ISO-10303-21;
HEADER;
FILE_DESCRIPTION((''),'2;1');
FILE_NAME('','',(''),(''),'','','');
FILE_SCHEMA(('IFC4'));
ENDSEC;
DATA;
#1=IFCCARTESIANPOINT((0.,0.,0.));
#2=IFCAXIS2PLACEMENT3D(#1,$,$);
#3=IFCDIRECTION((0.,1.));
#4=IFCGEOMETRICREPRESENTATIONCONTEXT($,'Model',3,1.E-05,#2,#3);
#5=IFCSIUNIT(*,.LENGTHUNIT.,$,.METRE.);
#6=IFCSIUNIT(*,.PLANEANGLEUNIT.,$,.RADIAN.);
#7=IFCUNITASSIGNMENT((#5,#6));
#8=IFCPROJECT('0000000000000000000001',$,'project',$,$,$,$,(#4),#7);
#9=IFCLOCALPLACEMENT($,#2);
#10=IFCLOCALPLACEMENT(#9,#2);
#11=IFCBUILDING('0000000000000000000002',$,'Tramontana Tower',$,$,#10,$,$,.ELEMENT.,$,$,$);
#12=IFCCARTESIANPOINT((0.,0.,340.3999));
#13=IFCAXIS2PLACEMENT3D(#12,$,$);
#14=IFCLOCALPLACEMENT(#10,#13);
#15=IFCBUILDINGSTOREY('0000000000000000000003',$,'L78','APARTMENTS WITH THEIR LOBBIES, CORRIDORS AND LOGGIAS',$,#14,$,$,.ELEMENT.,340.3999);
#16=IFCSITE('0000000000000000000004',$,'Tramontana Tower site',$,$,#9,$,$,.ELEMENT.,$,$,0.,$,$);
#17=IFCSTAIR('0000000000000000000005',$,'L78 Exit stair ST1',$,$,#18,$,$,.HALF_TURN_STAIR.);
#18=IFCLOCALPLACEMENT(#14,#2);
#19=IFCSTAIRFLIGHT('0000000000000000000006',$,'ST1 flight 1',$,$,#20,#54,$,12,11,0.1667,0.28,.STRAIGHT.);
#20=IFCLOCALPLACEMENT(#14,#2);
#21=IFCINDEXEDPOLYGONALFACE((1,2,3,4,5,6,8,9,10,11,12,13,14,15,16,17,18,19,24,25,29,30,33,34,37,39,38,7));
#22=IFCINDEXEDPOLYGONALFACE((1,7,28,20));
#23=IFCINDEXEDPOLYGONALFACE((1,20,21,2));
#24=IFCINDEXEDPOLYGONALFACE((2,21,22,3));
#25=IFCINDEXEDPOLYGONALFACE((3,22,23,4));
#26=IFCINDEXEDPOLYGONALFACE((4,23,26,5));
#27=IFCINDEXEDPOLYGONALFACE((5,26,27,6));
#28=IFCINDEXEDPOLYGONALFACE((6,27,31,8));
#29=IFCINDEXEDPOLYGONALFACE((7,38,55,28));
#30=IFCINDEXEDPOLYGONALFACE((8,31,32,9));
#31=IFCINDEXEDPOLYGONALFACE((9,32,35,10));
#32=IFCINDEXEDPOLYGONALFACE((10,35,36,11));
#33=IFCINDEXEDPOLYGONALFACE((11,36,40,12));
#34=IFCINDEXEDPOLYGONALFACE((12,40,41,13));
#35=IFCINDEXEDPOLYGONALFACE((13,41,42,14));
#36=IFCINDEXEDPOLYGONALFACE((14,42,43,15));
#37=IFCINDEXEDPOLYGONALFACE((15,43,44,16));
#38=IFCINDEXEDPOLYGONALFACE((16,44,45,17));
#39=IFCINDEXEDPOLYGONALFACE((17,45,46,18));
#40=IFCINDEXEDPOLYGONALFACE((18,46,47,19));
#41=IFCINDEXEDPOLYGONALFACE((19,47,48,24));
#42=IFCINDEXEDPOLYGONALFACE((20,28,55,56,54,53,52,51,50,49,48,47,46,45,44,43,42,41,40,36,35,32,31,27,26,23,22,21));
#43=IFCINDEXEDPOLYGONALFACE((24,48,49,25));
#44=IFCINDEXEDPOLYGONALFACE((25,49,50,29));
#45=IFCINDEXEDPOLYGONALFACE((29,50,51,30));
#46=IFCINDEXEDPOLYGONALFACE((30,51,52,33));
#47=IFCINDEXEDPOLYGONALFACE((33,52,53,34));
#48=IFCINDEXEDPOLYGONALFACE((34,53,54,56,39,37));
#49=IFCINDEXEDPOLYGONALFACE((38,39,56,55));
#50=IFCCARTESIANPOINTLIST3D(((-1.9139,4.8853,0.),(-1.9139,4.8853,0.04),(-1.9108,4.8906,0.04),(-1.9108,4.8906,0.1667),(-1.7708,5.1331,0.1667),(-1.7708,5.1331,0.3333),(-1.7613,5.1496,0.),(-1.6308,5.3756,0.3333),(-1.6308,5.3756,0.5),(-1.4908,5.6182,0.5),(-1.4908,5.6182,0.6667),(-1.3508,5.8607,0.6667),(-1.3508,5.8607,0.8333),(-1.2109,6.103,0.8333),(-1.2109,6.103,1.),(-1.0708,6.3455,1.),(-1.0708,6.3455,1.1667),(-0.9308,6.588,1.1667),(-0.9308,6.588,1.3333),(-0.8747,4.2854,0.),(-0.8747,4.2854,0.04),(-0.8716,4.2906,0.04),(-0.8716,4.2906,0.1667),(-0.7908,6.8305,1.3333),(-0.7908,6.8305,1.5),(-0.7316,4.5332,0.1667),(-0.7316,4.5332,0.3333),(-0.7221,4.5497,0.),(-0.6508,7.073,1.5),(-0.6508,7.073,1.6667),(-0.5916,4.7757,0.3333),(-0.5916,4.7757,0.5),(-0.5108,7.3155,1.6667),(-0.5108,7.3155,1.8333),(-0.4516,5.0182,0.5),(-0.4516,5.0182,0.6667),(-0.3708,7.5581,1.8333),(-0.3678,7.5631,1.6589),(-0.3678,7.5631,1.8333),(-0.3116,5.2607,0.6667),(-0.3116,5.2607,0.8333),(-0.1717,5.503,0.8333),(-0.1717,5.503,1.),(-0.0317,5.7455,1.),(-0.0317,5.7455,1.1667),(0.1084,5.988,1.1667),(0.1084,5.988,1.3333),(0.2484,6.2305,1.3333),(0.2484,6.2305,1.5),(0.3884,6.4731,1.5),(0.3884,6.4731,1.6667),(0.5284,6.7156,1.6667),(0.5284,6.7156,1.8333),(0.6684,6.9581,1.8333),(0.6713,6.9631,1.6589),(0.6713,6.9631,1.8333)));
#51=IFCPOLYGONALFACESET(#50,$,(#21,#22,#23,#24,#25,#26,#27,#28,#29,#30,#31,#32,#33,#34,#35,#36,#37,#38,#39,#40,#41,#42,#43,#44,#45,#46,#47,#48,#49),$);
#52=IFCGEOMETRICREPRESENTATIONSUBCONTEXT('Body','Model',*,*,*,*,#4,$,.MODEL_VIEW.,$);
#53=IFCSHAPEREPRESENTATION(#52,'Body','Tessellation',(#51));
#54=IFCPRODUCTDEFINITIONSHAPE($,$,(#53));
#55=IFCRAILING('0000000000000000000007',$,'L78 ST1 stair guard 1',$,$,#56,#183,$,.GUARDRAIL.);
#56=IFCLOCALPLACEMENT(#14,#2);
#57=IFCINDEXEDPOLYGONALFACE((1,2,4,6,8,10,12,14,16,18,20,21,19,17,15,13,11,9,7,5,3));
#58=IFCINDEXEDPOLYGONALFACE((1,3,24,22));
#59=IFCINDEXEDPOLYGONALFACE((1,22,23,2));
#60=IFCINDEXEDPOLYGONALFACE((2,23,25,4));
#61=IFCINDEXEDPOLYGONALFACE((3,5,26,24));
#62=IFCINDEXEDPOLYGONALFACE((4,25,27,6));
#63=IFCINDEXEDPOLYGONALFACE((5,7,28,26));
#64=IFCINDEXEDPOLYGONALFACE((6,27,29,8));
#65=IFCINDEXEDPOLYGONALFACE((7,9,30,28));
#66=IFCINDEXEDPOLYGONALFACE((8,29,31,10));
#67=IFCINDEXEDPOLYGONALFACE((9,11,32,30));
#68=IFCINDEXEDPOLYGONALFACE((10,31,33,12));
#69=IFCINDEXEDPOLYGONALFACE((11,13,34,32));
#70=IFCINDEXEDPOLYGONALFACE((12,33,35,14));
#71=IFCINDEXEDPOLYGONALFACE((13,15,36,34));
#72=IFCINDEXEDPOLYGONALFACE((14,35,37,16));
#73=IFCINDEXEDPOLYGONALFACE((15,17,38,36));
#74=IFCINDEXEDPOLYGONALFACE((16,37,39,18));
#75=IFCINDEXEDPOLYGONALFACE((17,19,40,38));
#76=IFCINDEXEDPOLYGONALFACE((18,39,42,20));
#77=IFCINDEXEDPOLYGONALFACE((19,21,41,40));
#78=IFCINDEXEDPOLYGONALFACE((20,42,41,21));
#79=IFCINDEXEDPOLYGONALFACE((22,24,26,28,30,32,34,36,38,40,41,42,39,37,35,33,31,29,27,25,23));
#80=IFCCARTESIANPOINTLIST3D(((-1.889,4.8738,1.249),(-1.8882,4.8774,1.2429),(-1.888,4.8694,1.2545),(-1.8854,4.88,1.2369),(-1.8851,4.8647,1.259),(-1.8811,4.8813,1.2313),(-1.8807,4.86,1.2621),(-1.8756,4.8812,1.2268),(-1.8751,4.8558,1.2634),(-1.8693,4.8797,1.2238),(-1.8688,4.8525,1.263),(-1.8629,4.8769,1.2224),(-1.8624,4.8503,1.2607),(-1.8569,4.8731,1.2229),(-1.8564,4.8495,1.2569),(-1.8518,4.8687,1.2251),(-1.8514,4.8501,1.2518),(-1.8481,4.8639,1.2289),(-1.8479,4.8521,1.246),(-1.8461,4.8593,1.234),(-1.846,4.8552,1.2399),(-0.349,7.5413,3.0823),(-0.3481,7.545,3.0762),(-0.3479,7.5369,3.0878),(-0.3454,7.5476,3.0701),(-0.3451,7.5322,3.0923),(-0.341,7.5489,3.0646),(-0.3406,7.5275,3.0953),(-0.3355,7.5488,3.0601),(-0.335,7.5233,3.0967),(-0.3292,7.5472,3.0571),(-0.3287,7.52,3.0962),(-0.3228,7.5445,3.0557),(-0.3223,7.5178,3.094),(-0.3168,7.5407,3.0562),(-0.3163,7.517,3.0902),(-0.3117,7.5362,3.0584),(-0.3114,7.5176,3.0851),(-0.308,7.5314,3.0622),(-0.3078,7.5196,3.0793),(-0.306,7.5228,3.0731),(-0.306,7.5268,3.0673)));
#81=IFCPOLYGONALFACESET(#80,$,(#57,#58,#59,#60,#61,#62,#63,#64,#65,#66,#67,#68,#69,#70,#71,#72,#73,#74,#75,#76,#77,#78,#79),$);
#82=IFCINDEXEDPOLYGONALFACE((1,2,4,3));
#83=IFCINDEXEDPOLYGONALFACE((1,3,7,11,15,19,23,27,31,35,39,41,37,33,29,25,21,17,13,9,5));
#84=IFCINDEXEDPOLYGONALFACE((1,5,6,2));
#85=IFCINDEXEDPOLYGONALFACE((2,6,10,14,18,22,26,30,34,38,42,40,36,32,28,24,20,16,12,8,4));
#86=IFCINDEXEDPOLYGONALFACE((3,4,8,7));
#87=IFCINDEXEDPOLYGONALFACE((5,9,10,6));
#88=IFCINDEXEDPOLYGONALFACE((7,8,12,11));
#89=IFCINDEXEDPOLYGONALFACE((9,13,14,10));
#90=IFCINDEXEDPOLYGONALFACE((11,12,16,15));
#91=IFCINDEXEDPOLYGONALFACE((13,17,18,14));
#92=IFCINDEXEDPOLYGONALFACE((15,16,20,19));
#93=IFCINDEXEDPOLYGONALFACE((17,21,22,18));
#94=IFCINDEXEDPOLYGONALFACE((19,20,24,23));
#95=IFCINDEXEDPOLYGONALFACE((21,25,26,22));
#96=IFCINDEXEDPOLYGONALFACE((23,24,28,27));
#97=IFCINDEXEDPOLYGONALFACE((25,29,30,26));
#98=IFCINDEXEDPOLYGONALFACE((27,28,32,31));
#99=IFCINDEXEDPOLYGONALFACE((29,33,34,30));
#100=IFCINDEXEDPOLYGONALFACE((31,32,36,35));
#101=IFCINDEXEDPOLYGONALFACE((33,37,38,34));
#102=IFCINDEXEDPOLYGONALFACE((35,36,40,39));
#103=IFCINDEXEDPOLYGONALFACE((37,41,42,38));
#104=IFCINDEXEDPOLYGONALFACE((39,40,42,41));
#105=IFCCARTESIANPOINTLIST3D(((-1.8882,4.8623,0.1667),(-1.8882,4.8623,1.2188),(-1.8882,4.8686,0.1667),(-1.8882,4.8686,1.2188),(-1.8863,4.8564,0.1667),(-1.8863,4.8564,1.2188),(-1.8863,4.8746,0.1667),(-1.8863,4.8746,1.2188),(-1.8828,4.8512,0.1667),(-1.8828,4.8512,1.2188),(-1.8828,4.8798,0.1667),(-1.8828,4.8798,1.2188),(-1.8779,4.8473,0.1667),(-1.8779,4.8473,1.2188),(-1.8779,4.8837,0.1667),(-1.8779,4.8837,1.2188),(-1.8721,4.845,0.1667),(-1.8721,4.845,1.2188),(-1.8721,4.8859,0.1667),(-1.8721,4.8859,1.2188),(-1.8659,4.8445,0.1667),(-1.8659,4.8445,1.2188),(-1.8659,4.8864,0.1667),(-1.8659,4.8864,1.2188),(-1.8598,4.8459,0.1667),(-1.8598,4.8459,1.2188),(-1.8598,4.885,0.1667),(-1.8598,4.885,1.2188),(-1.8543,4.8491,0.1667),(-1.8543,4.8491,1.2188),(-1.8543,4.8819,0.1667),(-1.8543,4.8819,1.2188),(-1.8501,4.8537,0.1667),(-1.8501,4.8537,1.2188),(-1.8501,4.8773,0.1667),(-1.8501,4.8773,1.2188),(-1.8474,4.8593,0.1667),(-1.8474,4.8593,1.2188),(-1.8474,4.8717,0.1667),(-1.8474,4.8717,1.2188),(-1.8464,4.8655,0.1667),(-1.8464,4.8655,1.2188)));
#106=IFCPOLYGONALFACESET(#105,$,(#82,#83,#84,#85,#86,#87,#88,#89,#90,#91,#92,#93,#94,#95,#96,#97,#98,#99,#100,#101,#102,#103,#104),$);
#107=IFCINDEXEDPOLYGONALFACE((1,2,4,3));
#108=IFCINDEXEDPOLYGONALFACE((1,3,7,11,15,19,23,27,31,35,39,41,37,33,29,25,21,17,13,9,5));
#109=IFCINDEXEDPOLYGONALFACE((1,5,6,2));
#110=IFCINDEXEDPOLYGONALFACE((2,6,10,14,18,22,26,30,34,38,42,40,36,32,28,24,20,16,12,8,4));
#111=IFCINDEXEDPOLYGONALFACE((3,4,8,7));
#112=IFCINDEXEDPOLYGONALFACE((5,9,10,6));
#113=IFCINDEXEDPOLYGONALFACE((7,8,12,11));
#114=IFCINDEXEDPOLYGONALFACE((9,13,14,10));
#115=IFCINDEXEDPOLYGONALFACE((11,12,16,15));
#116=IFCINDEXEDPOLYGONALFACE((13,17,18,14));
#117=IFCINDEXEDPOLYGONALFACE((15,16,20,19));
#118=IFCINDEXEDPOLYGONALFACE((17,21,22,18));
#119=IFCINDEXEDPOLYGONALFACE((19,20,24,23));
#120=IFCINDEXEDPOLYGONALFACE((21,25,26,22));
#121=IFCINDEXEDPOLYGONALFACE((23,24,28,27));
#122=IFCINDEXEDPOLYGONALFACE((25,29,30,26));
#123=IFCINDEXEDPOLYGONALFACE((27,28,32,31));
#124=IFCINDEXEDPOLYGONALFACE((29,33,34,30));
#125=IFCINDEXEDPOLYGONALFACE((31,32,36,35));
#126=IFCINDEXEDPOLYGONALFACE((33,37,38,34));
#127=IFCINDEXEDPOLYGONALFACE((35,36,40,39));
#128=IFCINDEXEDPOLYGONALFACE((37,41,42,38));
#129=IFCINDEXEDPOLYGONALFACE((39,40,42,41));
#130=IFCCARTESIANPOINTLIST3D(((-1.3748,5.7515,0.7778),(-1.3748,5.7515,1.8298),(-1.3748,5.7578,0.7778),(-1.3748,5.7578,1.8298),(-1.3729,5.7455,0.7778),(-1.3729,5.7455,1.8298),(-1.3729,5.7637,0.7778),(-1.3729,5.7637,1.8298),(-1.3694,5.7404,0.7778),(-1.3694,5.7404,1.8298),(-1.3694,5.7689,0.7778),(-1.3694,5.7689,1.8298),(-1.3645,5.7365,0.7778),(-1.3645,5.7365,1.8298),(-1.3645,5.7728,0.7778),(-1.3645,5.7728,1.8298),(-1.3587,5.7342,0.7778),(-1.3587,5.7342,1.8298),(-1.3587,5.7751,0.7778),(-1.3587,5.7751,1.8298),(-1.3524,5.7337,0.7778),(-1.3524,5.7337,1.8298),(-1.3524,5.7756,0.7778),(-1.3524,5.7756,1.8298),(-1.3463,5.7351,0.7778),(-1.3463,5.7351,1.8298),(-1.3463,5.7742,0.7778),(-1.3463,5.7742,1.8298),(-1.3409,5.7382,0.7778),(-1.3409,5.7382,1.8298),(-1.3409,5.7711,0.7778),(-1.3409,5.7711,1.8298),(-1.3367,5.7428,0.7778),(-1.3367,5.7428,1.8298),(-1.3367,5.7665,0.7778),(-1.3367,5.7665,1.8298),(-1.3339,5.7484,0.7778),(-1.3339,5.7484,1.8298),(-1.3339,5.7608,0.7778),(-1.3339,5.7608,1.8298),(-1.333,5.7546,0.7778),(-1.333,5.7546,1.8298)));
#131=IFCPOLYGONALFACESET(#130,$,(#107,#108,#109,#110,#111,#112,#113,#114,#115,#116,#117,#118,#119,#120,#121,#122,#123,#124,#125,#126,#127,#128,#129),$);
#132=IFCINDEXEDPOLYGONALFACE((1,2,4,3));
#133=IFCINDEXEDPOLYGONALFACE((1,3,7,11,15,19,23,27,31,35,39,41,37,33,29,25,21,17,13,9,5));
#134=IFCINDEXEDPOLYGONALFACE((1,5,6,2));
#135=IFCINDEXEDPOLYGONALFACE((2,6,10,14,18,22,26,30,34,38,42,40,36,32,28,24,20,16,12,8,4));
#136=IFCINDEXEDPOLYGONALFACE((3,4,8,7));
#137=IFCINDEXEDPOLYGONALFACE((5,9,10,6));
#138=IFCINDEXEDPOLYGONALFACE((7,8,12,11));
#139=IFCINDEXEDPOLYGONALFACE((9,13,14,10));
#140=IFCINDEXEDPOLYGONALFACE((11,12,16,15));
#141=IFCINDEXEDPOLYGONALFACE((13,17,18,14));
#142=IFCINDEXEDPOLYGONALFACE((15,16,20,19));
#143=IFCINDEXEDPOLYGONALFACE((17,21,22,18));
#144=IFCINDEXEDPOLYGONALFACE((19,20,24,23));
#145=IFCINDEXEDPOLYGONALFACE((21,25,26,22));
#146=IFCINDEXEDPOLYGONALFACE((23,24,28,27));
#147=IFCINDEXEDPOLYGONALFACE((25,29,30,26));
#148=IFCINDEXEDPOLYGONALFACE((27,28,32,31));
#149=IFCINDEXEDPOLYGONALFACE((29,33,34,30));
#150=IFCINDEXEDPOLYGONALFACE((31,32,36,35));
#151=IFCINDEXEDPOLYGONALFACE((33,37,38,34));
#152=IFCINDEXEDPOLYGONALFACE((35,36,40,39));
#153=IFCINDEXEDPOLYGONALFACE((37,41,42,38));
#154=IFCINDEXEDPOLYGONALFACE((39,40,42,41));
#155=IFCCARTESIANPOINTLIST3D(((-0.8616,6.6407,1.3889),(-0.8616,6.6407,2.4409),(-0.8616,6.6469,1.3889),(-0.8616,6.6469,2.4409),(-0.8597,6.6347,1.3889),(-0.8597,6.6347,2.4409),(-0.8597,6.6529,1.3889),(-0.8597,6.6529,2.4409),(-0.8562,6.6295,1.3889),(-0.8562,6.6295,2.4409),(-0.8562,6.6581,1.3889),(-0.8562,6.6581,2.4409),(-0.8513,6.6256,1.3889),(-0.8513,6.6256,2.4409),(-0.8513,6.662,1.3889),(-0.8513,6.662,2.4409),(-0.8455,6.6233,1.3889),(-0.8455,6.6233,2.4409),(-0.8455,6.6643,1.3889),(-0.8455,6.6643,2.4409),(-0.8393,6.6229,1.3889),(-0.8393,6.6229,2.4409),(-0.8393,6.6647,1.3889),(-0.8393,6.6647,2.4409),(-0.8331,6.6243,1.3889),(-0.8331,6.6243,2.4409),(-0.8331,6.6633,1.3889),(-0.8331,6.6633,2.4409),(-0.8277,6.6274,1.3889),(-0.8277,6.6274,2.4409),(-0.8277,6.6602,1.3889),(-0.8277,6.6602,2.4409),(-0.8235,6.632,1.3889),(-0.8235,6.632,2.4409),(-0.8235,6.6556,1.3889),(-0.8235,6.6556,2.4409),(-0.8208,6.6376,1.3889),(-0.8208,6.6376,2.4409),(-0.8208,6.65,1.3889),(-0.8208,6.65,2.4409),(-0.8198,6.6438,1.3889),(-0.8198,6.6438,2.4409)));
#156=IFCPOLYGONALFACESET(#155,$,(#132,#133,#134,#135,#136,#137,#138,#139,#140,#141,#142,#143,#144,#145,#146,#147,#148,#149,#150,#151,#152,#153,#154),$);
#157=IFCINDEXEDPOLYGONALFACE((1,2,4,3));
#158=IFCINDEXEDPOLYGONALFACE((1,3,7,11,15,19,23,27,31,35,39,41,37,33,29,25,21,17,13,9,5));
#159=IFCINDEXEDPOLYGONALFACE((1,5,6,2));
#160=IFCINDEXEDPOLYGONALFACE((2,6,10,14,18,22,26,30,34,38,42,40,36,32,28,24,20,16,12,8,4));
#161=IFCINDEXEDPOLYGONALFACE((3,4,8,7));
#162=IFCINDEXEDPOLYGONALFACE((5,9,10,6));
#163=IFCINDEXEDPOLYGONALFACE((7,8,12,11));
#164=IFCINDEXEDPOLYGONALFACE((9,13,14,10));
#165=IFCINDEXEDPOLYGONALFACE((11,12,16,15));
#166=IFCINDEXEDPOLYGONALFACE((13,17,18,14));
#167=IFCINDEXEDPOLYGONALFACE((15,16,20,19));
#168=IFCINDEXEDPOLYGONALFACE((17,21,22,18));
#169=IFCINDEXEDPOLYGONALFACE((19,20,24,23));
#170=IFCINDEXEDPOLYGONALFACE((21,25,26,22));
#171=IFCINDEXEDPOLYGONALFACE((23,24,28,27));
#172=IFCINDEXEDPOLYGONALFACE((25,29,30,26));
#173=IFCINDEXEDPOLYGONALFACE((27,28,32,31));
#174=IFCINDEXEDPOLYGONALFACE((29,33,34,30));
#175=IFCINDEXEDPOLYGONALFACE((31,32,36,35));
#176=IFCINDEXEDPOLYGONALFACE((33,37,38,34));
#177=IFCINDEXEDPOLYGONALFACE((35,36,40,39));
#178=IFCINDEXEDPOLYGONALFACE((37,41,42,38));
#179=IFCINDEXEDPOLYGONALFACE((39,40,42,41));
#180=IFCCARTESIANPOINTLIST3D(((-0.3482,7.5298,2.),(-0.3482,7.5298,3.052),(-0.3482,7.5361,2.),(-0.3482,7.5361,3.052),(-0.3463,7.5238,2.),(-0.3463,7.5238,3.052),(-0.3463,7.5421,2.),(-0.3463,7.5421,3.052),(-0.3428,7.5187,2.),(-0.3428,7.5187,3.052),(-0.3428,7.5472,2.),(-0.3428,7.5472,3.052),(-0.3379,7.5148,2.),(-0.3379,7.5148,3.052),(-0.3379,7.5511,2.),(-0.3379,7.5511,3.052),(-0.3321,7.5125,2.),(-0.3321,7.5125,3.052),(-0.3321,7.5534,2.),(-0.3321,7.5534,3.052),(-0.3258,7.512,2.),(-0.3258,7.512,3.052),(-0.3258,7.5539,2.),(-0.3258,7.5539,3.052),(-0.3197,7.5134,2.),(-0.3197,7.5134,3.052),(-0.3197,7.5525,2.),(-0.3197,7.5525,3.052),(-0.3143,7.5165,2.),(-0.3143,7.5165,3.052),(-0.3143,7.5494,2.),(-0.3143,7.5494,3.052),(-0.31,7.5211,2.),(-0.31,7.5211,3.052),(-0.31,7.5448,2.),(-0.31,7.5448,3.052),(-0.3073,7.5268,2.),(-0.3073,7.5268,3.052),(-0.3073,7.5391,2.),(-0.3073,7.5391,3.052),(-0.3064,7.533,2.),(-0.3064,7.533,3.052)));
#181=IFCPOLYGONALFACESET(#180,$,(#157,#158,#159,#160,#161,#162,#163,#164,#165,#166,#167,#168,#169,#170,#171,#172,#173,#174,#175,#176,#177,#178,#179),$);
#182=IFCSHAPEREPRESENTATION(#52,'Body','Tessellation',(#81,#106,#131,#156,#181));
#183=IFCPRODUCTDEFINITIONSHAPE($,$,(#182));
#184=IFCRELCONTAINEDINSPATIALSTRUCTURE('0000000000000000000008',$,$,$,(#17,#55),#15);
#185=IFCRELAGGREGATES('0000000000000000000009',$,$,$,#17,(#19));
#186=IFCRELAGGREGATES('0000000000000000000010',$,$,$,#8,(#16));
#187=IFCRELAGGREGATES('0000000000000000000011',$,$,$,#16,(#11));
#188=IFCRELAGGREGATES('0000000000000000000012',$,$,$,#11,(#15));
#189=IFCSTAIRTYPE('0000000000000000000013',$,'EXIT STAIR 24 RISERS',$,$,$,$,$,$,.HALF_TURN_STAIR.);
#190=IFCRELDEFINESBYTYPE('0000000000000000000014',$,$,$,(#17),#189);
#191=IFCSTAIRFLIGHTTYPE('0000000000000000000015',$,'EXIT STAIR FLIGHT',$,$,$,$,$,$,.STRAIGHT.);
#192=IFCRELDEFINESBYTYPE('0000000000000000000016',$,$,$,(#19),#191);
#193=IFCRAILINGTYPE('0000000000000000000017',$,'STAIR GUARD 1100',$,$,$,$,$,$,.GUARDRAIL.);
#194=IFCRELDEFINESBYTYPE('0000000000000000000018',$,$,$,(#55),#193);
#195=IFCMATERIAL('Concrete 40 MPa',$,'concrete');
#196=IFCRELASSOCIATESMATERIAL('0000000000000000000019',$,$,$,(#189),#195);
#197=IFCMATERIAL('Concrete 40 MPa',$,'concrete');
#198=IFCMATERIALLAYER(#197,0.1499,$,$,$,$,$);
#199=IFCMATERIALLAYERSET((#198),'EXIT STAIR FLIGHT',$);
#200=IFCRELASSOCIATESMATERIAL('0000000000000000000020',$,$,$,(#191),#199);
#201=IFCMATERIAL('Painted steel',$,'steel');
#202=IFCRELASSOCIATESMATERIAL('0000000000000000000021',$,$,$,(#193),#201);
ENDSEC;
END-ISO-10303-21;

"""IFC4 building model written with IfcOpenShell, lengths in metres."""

from ifc_helpers import new_model, si_unit, direction, frame, origin, origin_2d, place, context, subcontext, project, spatial, polyline, circle, outline, extrude, material, layer, layer_set, type_object, element, aggregate, save


model = new_model("IFC4")

# Units and contexts
model_context = context("Model", 3, precision=1e-05, world=origin(), true_north=direction((0.0, 1.0)))
body_context = subcontext(model_context, "Body", "Model", "MODEL_VIEW")
ifc_project = project(units=[si_unit("LENGTHUNIT", "METRE"), si_unit("PLANEANGLEUNIT", "RADIAN")], contexts=[model_context])

# Site, building, storey
site_placement = place(None, origin())
site = spatial("IfcSite", under=ifc_project, at=site_placement, Name="Tramontana Tower site", CompositionType="ELEMENT", RefElevation=0.0)
building_placement = place(site_placement, origin())
building = spatial("IfcBuilding", under=site, at=building_placement, Name="Tramontana Tower", CompositionType="ELEMENT")
storey_placement = place(building_placement, frame((0.0, 0.0, 340.3999)))
storey = spatial("IfcBuildingStorey", under=building, at=storey_placement, Name="L78", Description="APARTMENTS WITH THEIR LOBBIES, CORRIDORS AND LOGGIAS", CompositionType="ELEMENT", Elevation=340.3999)

# Stair, stair flight
ifc_material_1 = material(Name="Concrete 40 MPa", Category="concrete")
stair_type = type_object("IfcStairType", Name="EXIT STAIR 24 RISERS", PredefinedType="HALF_TURN_STAIR", material=ifc_material_1)
stair_placement = place(storey_placement, origin())
stair = element("IfcStair", 1, at=stair_placement, inside=storey, type_object=stair_type, Name="L78 Exit stair ST1", PredefinedType="HALF_TURN_STAIR")
ifc_material_2 = material(Name="Concrete 40 MPa", Category="concrete")
ifc_layer_1 = layer(ifc_material_2, 0.1499)
ifc_layer_set_1 = layer_set([ifc_layer_1], Name="EXIT STAIR FLIGHT")
stair_flight_type = type_object("IfcStairFlightType", Name="EXIT STAIR FLIGHT", PredefinedType="STRAIGHT", material=ifc_layer_set_1)
stair_flight_placement = place(storey_placement, frame((-1.3911, 4.5906, 0.0), z_axis=(0.0, 0.0, 1.0), x_axis=(0.5, 0.866025, 0.0)))
stair_flight = element("IfcStairFlight", 2, at=stair_flight_placement, type_object=stair_flight_type, Name="ST1 flight 1", NumberOfRisers=12, NumberOfTreads=11, PredefinedType="STRAIGHT", RiserHeight=0.1667, TreadLength=0.28, context=body_context, shape_type="SweptSolid", body=[
    extrude(outline(polyline([(-0.0061, 0.0), (-0.0061, 0.04), (0.0, 0.04), (0.0, 0.1667), (0.28, 0.1667), (0.28, 0.3333), (0.5601, 0.3333), (0.5601, 0.5), (0.8401, 0.5), (0.8401, 0.6667), (1.1201, 0.6667), (1.1201, 0.8333), (1.3999, 0.8333), (1.3999, 1.0), (1.6799, 1.0), (1.6799, 1.1667), (1.96, 1.1667), (1.96, 1.3333), (2.24, 1.3333), (2.24, 1.5), (2.52, 1.5), (2.52, 1.6667), (2.8, 1.6667), (2.8, 1.8333), (3.0801, 1.8333), (3.0859, 1.8333), (3.0859, 1.6589), (0.2991, 0.0), (-0.0061, 0.0)])), frame((0.0, 0.6001, 0.0), z_axis=(0.0, -1.0, 0.0), x_axis=(1.0, 0.0, 0.0)), (0.0, 0.0, 1.0), 1.2),
])
aggregate(stair, [stair_flight])

# Railing
ifc_material_3 = material(Name="Painted steel", Category="steel")
railing_type_1 = type_object("IfcRailingType", Name="STAIR GUARD 1100", PredefinedType="GUARDRAIL", material=ifc_material_3)
railing_1_placement = place(storey_placement, frame((-1.8674, 4.8655, 0.1667)))
element("IfcRailing", 3, at=railing_1_placement, inside=storey, type_object=railing_type_1, Name="L78 ST1 stair guard 1", PredefinedType="GUARDRAIL", context=body_context, shape_type="SweptSolid", body=[
    extrude(circle(Radius=0.0239, at=origin_2d()), frame((0.0, 0.0, 1.0762), z_axis=(0.429649, 0.74419, 0.511452), x_axis=(-0.86603, 0.499992, 0.0)), (0.0, 0.0, 1.0), 3.5845),
    extrude(circle(Radius=0.021, at=origin_2d()), origin(), (0.0, 0.0, 1.0), 1.052),
    extrude(circle(Radius=0.021, at=origin_2d()), frame((0.5134, 0.8892, 0.6111)), (0.0, 0.0, 1.0), 1.052),
    extrude(circle(Radius=0.021, at=origin_2d()), frame((1.0266, 1.7783, 1.2222)), (0.0, 0.0, 1.0), 1.052),
    extrude(circle(Radius=0.021, at=origin_2d()), frame((1.54, 2.6675, 1.8333)), (0.0, 0.0, 1.0), 1.052),
])

save(model, "model.ifc")
